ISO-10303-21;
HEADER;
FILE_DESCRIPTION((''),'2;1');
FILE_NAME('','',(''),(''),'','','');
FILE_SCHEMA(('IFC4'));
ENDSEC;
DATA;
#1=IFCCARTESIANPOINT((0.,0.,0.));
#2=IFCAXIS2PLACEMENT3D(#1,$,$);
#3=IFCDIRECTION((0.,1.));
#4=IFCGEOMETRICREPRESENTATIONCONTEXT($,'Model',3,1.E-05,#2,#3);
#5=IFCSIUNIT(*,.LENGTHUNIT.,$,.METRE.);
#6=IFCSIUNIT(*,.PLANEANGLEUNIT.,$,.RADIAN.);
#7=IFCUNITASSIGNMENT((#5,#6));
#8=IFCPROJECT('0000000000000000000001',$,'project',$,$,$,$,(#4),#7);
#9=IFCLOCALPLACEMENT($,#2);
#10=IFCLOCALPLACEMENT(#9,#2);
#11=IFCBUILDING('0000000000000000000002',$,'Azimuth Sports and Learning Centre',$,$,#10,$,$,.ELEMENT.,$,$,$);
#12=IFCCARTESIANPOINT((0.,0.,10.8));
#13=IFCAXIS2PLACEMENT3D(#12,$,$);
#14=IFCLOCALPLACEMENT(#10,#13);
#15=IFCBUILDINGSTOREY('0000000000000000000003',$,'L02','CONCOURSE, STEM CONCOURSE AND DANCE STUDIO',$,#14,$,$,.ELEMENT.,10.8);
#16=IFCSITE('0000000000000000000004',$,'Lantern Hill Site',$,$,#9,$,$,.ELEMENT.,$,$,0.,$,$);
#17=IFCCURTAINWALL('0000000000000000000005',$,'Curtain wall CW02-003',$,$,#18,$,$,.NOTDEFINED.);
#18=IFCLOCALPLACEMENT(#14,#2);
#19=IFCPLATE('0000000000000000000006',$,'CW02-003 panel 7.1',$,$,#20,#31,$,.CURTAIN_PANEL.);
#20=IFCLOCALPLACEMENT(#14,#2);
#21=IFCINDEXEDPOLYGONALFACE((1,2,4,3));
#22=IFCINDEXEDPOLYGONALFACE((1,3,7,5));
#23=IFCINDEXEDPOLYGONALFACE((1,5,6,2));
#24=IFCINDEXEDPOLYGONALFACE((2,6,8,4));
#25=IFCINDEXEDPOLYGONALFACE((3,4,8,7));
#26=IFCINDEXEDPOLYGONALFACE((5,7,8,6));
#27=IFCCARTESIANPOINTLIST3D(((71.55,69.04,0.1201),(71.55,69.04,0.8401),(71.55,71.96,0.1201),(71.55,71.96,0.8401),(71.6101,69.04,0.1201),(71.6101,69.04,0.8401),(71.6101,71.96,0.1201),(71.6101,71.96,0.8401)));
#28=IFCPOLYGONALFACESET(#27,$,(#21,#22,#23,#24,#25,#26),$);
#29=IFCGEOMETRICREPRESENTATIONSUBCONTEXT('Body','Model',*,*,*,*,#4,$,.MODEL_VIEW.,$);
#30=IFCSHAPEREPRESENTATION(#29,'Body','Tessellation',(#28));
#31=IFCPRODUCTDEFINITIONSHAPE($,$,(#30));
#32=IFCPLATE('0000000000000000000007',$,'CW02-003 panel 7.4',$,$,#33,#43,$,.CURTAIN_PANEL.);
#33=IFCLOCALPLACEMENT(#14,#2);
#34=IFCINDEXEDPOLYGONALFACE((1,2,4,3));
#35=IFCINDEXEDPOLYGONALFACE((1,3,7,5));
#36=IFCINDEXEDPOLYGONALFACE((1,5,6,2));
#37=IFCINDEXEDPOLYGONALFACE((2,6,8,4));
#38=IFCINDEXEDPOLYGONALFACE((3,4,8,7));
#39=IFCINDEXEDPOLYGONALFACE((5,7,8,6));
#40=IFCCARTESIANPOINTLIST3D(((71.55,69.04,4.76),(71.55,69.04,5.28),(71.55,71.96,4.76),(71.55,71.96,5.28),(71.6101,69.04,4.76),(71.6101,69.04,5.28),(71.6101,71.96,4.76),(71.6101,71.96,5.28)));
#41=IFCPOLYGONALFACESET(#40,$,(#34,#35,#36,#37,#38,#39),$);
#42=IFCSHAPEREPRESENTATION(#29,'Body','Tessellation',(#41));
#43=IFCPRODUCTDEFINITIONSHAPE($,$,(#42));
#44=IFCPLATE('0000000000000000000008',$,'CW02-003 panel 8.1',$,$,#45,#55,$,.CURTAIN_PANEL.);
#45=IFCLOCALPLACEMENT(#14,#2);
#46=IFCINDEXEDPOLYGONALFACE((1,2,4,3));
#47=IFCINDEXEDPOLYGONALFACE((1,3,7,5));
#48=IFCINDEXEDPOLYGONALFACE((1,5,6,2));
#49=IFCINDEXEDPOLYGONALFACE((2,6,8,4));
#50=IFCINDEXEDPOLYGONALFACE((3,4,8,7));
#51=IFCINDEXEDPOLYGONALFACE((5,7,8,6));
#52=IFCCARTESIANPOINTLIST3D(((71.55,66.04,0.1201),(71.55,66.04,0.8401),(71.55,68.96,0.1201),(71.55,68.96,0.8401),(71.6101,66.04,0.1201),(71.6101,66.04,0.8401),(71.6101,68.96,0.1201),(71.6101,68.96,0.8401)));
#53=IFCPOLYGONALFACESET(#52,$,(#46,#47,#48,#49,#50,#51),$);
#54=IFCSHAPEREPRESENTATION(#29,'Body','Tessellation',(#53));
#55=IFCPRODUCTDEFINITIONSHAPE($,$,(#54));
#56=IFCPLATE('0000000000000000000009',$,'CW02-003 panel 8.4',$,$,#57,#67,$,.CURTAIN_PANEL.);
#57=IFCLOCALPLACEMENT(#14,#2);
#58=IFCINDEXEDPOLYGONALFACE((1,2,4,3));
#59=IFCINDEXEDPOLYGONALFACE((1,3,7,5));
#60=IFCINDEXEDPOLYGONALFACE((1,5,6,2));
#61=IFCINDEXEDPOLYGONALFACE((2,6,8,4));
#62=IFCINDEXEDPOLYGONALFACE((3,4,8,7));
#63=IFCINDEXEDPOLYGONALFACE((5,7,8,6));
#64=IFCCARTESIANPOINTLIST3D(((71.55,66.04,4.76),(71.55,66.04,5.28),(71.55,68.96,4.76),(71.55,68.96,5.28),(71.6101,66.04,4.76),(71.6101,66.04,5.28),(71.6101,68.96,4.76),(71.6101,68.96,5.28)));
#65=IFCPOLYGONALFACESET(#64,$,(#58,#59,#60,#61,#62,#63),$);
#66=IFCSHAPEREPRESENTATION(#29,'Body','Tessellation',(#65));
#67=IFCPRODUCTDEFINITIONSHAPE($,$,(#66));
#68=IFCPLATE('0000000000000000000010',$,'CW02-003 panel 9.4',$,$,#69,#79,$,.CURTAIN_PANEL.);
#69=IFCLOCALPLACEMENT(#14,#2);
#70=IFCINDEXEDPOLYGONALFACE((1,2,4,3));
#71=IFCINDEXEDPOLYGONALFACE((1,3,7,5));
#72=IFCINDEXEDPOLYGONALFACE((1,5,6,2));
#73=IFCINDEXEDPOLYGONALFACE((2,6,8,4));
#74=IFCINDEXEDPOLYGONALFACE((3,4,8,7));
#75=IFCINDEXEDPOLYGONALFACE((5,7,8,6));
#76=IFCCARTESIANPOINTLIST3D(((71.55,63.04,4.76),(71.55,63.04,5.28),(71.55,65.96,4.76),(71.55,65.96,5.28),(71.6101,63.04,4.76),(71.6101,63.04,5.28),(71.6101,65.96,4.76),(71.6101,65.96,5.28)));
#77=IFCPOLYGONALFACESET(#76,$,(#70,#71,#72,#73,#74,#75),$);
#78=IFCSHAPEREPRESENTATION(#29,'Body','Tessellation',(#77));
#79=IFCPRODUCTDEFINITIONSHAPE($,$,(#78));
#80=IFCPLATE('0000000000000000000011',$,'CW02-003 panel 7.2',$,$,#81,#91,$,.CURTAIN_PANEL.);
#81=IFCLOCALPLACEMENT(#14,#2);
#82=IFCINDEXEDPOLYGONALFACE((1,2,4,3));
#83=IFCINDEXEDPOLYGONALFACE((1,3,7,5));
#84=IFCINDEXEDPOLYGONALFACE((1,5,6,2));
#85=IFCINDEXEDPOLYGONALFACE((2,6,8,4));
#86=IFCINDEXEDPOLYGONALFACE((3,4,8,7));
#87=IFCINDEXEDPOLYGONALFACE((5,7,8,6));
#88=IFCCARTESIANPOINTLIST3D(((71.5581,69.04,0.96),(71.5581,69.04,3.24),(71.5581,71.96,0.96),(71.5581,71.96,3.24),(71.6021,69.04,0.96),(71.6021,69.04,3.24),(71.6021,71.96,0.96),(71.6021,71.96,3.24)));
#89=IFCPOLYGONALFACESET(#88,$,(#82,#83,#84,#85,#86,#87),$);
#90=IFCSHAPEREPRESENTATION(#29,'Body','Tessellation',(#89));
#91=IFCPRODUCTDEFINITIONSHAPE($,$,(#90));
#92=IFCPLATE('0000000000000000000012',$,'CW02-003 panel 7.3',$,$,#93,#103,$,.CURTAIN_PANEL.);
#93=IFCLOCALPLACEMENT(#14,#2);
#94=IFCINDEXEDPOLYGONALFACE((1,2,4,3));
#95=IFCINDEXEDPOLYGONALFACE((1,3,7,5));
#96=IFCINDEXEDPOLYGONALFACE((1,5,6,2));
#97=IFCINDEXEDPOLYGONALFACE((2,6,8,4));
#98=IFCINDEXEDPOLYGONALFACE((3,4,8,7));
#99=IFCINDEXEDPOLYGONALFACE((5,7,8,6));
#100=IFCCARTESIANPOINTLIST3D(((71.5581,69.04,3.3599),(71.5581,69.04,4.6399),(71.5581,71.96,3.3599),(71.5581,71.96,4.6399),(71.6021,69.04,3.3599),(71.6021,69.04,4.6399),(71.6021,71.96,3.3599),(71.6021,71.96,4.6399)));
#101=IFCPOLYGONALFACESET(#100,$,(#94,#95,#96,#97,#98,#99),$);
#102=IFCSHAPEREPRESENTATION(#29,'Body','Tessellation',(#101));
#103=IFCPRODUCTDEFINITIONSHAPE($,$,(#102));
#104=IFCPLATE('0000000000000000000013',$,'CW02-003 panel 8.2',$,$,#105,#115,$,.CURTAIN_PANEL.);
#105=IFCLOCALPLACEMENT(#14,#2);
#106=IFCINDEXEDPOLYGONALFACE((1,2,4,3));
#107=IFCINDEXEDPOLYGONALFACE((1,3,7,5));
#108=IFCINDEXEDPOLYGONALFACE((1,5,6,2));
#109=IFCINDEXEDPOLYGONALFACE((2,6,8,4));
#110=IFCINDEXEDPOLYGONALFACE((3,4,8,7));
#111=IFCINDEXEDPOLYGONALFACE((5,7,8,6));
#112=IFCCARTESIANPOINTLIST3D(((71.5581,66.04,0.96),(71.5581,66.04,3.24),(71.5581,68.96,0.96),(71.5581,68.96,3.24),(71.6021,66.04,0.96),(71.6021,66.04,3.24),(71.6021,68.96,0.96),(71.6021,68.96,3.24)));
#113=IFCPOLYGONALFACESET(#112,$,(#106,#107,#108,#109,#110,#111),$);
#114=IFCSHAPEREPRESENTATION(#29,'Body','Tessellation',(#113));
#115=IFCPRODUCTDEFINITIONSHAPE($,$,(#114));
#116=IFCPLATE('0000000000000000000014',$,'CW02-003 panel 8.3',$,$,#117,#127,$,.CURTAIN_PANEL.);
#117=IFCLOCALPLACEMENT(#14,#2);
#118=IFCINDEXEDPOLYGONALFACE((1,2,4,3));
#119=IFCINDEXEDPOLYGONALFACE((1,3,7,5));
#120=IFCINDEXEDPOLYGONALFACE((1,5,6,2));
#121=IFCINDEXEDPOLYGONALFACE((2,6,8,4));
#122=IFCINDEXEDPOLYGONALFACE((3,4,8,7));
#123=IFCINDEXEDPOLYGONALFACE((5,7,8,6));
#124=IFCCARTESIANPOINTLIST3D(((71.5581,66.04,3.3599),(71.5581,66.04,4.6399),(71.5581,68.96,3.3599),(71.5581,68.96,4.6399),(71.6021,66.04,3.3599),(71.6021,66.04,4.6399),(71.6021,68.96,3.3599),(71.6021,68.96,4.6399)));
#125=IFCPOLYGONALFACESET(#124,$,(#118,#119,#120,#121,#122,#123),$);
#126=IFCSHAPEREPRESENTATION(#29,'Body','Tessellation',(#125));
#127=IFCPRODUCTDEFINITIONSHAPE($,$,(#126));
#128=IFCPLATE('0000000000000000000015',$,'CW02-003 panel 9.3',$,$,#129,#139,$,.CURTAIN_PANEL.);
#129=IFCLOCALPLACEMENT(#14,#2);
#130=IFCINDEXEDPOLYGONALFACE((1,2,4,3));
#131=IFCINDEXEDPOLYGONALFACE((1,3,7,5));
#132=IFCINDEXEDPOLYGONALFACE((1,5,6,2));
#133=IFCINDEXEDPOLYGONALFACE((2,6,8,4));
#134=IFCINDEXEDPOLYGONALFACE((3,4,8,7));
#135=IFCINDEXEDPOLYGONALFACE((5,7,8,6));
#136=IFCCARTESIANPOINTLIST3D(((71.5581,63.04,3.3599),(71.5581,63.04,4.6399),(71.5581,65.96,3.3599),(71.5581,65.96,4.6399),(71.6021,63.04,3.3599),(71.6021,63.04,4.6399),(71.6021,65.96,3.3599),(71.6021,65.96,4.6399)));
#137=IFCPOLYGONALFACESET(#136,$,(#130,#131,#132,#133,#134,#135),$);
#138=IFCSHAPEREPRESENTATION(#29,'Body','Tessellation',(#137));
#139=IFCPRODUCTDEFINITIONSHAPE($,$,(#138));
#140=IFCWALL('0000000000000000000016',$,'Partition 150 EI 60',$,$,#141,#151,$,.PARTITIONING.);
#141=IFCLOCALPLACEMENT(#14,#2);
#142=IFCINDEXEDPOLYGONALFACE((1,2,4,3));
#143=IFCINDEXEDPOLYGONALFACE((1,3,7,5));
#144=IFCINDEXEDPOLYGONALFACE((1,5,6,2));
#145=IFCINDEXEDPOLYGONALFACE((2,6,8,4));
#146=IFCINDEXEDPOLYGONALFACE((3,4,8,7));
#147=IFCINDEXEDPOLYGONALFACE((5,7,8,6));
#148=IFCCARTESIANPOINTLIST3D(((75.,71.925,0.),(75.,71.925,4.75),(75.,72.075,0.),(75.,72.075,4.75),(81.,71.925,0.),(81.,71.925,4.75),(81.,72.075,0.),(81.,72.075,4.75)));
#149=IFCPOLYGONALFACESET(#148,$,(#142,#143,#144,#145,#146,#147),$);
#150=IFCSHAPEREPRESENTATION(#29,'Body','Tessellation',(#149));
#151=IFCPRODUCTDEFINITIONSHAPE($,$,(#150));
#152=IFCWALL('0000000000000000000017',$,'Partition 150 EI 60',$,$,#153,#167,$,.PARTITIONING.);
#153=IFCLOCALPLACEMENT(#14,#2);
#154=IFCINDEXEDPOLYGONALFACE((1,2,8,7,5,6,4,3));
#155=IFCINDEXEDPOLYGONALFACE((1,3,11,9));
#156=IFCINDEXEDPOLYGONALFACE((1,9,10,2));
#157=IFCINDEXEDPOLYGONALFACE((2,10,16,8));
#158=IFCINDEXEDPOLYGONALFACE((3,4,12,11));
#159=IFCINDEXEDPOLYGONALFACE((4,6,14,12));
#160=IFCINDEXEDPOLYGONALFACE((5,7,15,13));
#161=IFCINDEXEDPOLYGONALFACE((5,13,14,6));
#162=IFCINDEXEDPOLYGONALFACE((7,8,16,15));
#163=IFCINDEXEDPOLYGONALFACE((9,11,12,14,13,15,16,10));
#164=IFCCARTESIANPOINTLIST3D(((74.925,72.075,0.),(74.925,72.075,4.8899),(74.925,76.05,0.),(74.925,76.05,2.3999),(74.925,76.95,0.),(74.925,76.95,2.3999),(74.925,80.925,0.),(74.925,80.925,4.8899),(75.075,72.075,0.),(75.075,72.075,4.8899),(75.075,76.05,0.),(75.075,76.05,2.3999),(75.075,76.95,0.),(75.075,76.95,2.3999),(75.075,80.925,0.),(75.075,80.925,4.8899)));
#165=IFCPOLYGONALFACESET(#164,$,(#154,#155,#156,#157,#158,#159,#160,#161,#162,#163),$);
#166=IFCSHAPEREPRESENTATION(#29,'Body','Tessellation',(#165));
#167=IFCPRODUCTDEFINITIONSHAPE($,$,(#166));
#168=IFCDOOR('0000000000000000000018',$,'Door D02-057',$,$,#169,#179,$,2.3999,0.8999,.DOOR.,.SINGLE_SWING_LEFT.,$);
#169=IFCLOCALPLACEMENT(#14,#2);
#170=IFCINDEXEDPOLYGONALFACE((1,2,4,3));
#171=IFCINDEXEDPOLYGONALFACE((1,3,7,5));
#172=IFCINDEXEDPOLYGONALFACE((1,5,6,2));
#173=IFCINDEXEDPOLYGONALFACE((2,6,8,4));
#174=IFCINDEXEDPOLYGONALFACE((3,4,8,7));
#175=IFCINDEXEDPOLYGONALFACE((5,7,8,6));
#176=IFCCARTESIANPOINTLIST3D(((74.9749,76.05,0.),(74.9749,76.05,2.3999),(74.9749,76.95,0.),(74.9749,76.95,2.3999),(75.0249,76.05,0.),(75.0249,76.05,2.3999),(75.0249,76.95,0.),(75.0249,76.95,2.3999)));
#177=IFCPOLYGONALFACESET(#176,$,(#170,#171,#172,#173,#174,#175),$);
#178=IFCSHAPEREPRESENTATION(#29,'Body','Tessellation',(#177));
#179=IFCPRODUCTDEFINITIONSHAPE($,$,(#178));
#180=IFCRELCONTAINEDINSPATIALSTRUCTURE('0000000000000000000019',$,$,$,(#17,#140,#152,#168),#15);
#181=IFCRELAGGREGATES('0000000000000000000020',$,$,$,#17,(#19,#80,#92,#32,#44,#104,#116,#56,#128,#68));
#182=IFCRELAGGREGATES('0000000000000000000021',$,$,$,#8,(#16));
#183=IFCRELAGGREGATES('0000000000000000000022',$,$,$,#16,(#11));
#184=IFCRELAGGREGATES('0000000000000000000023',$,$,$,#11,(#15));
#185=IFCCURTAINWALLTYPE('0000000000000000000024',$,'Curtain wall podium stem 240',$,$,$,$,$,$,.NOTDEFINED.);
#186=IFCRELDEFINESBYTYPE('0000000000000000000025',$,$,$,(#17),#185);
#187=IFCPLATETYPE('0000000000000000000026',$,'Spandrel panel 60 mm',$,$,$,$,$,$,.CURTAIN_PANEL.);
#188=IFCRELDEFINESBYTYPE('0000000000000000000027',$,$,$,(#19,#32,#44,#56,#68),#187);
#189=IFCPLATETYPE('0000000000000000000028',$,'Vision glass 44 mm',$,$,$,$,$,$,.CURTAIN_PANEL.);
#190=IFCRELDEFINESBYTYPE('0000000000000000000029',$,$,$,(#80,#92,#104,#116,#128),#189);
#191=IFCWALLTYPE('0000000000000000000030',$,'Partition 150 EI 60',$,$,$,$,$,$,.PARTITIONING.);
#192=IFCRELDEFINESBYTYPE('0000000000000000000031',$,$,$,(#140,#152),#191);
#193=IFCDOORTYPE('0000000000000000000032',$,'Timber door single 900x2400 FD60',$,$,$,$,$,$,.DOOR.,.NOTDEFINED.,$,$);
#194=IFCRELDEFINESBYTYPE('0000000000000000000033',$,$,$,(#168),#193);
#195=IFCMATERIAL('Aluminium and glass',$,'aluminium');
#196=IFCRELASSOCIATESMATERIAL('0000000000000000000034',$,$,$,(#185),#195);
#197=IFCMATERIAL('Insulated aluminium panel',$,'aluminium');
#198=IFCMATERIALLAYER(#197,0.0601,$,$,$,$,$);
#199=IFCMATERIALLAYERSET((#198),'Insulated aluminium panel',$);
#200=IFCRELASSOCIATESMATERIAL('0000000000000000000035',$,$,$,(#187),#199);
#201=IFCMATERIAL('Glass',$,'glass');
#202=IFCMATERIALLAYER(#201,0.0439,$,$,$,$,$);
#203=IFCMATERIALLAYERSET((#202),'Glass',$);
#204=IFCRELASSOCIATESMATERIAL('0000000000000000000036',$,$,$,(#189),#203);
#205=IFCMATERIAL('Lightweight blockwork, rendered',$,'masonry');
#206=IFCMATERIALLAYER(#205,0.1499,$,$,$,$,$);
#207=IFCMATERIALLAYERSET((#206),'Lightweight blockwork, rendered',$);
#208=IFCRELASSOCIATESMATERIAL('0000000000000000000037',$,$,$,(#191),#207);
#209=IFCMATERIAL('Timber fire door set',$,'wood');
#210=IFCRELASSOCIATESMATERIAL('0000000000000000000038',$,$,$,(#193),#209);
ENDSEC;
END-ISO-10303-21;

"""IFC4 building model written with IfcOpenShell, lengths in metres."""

from ifc_helpers import new_model, si_unit, direction, frame, frame_2d, origin, origin_2d, place, context, subcontext, project, spatial, rectangle, extrude, material, layer, layer_set, type_object, element, fill, aggregate, save


model = new_model("IFC4")

# Units and contexts
model_context = context("Model", 3, precision=1e-05, world=origin(), true_north=direction((0.0, 1.0)))
body_context = subcontext(model_context, "Body", "Model", "MODEL_VIEW")
ifc_project = project(units=[si_unit("LENGTHUNIT", "METRE"), si_unit("PLANEANGLEUNIT", "RADIAN")], contexts=[model_context])

# Site, building, storey
site_placement = place(None, origin())
site = spatial("IfcSite", under=ifc_project, at=site_placement, Name="Lantern Hill Site", CompositionType="ELEMENT", RefElevation=0.0)
building_placement = place(site_placement, origin())
building = spatial("IfcBuilding", under=site, at=building_placement, Name="Azimuth Sports and Learning Centre", CompositionType="ELEMENT")
storey_placement = place(building_placement, frame((0.0, 0.0, 10.8)))
storey = spatial("IfcBuildingStorey", under=building, at=storey_placement, Name="L02", Description="CONCOURSE, STEM CONCOURSE AND DANCE STUDIO", CompositionType="ELEMENT", Elevation=10.8)

# Curtain wall, plates
ifc_material_1 = material(Name="Aluminium and glass", Category="aluminium")
curtain_wall_type = type_object("IfcCurtainWallType", Name="Curtain wall podium stem 240", PredefinedType="NOTDEFINED", material=ifc_material_1)
curtain_wall_placement = place(storey_placement, origin())
curtain_wall = element("IfcCurtainWall", 1, at=curtain_wall_placement, inside=storey, type_object=curtain_wall_type, Name="Curtain wall CW02-003", PredefinedType="NOTDEFINED")
ifc_material_2 = material(Name="Insulated aluminium panel", Category="aluminium")
ifc_layer_1 = layer(ifc_material_2, 0.0601)
ifc_layer_set_1 = layer_set([ifc_layer_1], Name="Insulated aluminium panel")
plate_type_1 = type_object("IfcPlateType", Name="Spandrel panel 60 mm", PredefinedType="CURTAIN_PANEL", material=ifc_layer_set_1)
plate_1_placement = place(storey_placement, frame((71.5801, 70.5, 0.1201), z_axis=(0.0, 0.0, 1.0), x_axis=(0.0, -1.0, 0.0)))
plate_1 = element("IfcPlate", 2, at=plate_1_placement, type_object=plate_type_1, Name="CW02-003 panel 7.1", PredefinedType="CURTAIN_PANEL", context=body_context, shape_type="SweptSolid", body=[
    extrude(rectangle(XDim=2.9199, YDim=0.0601, at=origin_2d()), origin(), (0.0, 0.0, 1.0), 0.72),
])
plate_2_placement = place(storey_placement, frame((71.5801, 70.5, 4.76), z_axis=(0.0, 0.0, 1.0), x_axis=(0.0, -1.0, 0.0)))
plate_2 = element("IfcPlate", 3, at=plate_2_placement, type_object=plate_type_1, Name="CW02-003 panel 7.4", PredefinedType="CURTAIN_PANEL", context=body_context, shape_type="SweptSolid", body=[
    extrude(rectangle(XDim=2.9199, YDim=0.0601, at=origin_2d()), origin(), (0.0, 0.0, 1.0), 0.52),
])
plate_3_placement = place(storey_placement, frame((71.5801, 67.5, 0.1201), z_axis=(0.0, 0.0, 1.0), x_axis=(0.0, -1.0, 0.0)))
plate_3 = element("IfcPlate", 4, at=plate_3_placement, type_object=plate_type_1, Name="CW02-003 panel 8.1", PredefinedType="CURTAIN_PANEL", context=body_context, shape_type="SweptSolid", body=[
    extrude(rectangle(XDim=2.9199, YDim=0.0601, at=origin_2d()), origin(), (0.0, 0.0, 1.0), 0.72),
])
plate_4_placement = place(storey_placement, frame((71.5801, 67.5, 4.76), z_axis=(0.0, 0.0, 1.0), x_axis=(0.0, -1.0, 0.0)))
plate_4 = element("IfcPlate", 5, at=plate_4_placement, type_object=plate_type_1, Name="CW02-003 panel 8.4", PredefinedType="CURTAIN_PANEL", context=body_context, shape_type="SweptSolid", body=[
    extrude(rectangle(XDim=2.9199, YDim=0.0601, at=origin_2d()), origin(), (0.0, 0.0, 1.0), 0.52),
])
plate_5_placement = place(storey_placement, frame((71.5801, 64.5, 4.76), z_axis=(0.0, 0.0, 1.0), x_axis=(0.0, -1.0, 0.0)))
plate_5 = element("IfcPlate", 6, at=plate_5_placement, type_object=plate_type_1, Name="CW02-003 panel 9.4", PredefinedType="CURTAIN_PANEL", context=body_context, shape_type="SweptSolid", body=[
    extrude(rectangle(XDim=2.9199, YDim=0.0601, at=origin_2d()), origin(), (0.0, 0.0, 1.0), 0.52),
])
ifc_material_3 = material(Name="Glass", Category="glass")
ifc_layer_2 = layer(ifc_material_3, 0.0439)
ifc_layer_set_2 = layer_set([ifc_layer_2], Name="Glass")
plate_type_2 = type_object("IfcPlateType", Name="Vision glass 44 mm", PredefinedType="CURTAIN_PANEL", material=ifc_layer_set_2)
plate_6_placement = place(storey_placement, frame((71.5801, 70.5, 0.96), z_axis=(0.0, 0.0, 1.0), x_axis=(0.0, -1.0, 0.0)))
plate_6 = element("IfcPlate", 7, at=plate_6_placement, type_object=plate_type_2, Name="CW02-003 panel 7.2", PredefinedType="CURTAIN_PANEL", context=body_context, shape_type="SweptSolid", body=[
    extrude(rectangle(XDim=2.9199, YDim=0.0439, at=origin_2d()), origin(), (0.0, 0.0, 1.0), 2.28),
])
plate_7_placement = place(storey_placement, frame((71.5801, 70.5, 3.3599), z_axis=(0.0, 0.0, 1.0), x_axis=(0.0, -1.0, 0.0)))
plate_7 = element("IfcPlate", 8, at=plate_7_placement, type_object=plate_type_2, Name="CW02-003 panel 7.3", PredefinedType="CURTAIN_PANEL", context=body_context, shape_type="SweptSolid", body=[
    extrude(rectangle(XDim=2.9199, YDim=0.0439, at=origin_2d()), origin(), (0.0, 0.0, 1.0), 1.28),
])
plate_8_placement = place(storey_placement, frame((71.5801, 67.5, 0.96), z_axis=(0.0, 0.0, 1.0), x_axis=(0.0, -1.0, 0.0)))
plate_8 = element("IfcPlate", 9, at=plate_8_placement, type_object=plate_type_2, Name="CW02-003 panel 8.2", PredefinedType="CURTAIN_PANEL", context=body_context, shape_type="SweptSolid", body=[
    extrude(rectangle(XDim=2.9199, YDim=0.0439, at=origin_2d()), origin(), (0.0, 0.0, 1.0), 2.28),
])
plate_9_placement = place(storey_placement, frame((71.5801, 67.5, 3.3599), z_axis=(0.0, 0.0, 1.0), x_axis=(0.0, -1.0, 0.0)))
plate_9 = element("IfcPlate", 10, at=plate_9_placement, type_object=plate_type_2, Name="CW02-003 panel 8.3", PredefinedType="CURTAIN_PANEL", context=body_context, shape_type="SweptSolid", body=[
    extrude(rectangle(XDim=2.9199, YDim=0.0439, at=origin_2d()), origin(), (0.0, 0.0, 1.0), 1.28),
])
plate_10_placement = place(storey_placement, frame((71.5801, 64.5, 3.3599), z_axis=(0.0, 0.0, 1.0), x_axis=(0.0, -1.0, 0.0)))
plate_10 = element("IfcPlate", 11, at=plate_10_placement, type_object=plate_type_2, Name="CW02-003 panel 9.3", PredefinedType="CURTAIN_PANEL", context=body_context, shape_type="SweptSolid", body=[
    extrude(rectangle(XDim=2.9199, YDim=0.0439, at=origin_2d()), origin(), (0.0, 0.0, 1.0), 1.28),
])
aggregate(curtain_wall, [plate_1, plate_6, plate_7, plate_2, plate_3, plate_8, plate_9, plate_4, plate_10, plate_5])

# Wall
ifc_material_4 = material(Name="Lightweight blockwork, rendered", Category="masonry")
ifc_layer_3 = layer(ifc_material_4, 0.1499)
ifc_layer_set_3 = layer_set([ifc_layer_3], Name="Lightweight blockwork, rendered")
wall_type = type_object("IfcWallType", Name="Partition 150 EI 60", PredefinedType="PARTITIONING", material=ifc_layer_set_3)
wall_1_placement = place(storey_placement, frame((75.0, 72.0, 0.0), z_axis=(0.0, 0.0, 1.0), x_axis=(1.0, 0.0, 0.0)))
element("IfcWall", 12, at=wall_1_placement, inside=storey, type_object=wall_type, Name="Partition 150 EI 60", PredefinedType="PARTITIONING", context=body_context, shape_type="SweptSolid", body=[
    extrude(rectangle(XDim=6.0, YDim=0.1499, at=frame_2d((3.0, 0.0))), origin(), (0.0, 0.0, 1.0), 4.75),
])

# Wall, opening, door
wall_2_placement = place(storey_placement, frame((75.0, 72.075, 0.0), z_axis=(0.0, 0.0, 1.0), x_axis=(0.0, 1.0, 0.0)))
wall_2 = element("IfcWall", 13, at=wall_2_placement, inside=storey, type_object=wall_type, Name="Partition 150 EI 60", PredefinedType="PARTITIONING", context=body_context, shape_type="SweptSolid", body=[
    extrude(rectangle(XDim=8.8501, YDim=0.1499, at=frame_2d((4.425, 0.0))), origin(), (0.0, 0.0, 1.0), 4.8899),
])
opening_placement = place(wall_2_placement, frame((3.9751, 0.0, 0.0)))
opening = element("IfcOpeningElement", 14, at=opening_placement, cuts=wall_2, PredefinedType="OPENING", context=body_context, shape_type="SweptSolid", body=[
    extrude(rectangle(XDim=0.8999, YDim=2.3999, at=frame_2d((0.45, 1.2))), frame((0.0, 0.0859, 0.0), z_axis=(0.0, -1.0, 0.0), x_axis=(1.0, 0.0, 0.0)), (0.0, 0.0, 1.0), 0.1719),
])
ifc_material_5 = material(Name="Timber fire door set", Category="wood")
door_type = type_object("IfcDoorType", Name="Timber door single 900x2400 FD60", OperationType="NOTDEFINED", PredefinedType="DOOR", material=ifc_material_5)
door_placement = place(opening_placement, frame((0.8999, 0.0, 0.0), z_axis=(0.0, 0.0, 1.0), x_axis=(-1.0, 0.0, 0.0)))
door = element("IfcDoor", 15, at=door_placement, inside=storey, type_object=door_type, Name="Door D02-057", OperationType="SINGLE_SWING_LEFT", OverallHeight=2.3999, OverallWidth=0.8999, PredefinedType="DOOR", context=body_context, shape_type="SweptSolid", body=[
    extrude(rectangle(XDim=0.8999, YDim=2.3999, at=frame_2d((0.45, 1.2))), frame((0.0, 0.0249, 0.0), z_axis=(0.0, -1.0, 0.0), x_axis=(1.0, 0.0, 0.0)), (0.0, 0.0, 1.0), 0.05),
])
fill(opening, door)

save(model, "model.ifc")
